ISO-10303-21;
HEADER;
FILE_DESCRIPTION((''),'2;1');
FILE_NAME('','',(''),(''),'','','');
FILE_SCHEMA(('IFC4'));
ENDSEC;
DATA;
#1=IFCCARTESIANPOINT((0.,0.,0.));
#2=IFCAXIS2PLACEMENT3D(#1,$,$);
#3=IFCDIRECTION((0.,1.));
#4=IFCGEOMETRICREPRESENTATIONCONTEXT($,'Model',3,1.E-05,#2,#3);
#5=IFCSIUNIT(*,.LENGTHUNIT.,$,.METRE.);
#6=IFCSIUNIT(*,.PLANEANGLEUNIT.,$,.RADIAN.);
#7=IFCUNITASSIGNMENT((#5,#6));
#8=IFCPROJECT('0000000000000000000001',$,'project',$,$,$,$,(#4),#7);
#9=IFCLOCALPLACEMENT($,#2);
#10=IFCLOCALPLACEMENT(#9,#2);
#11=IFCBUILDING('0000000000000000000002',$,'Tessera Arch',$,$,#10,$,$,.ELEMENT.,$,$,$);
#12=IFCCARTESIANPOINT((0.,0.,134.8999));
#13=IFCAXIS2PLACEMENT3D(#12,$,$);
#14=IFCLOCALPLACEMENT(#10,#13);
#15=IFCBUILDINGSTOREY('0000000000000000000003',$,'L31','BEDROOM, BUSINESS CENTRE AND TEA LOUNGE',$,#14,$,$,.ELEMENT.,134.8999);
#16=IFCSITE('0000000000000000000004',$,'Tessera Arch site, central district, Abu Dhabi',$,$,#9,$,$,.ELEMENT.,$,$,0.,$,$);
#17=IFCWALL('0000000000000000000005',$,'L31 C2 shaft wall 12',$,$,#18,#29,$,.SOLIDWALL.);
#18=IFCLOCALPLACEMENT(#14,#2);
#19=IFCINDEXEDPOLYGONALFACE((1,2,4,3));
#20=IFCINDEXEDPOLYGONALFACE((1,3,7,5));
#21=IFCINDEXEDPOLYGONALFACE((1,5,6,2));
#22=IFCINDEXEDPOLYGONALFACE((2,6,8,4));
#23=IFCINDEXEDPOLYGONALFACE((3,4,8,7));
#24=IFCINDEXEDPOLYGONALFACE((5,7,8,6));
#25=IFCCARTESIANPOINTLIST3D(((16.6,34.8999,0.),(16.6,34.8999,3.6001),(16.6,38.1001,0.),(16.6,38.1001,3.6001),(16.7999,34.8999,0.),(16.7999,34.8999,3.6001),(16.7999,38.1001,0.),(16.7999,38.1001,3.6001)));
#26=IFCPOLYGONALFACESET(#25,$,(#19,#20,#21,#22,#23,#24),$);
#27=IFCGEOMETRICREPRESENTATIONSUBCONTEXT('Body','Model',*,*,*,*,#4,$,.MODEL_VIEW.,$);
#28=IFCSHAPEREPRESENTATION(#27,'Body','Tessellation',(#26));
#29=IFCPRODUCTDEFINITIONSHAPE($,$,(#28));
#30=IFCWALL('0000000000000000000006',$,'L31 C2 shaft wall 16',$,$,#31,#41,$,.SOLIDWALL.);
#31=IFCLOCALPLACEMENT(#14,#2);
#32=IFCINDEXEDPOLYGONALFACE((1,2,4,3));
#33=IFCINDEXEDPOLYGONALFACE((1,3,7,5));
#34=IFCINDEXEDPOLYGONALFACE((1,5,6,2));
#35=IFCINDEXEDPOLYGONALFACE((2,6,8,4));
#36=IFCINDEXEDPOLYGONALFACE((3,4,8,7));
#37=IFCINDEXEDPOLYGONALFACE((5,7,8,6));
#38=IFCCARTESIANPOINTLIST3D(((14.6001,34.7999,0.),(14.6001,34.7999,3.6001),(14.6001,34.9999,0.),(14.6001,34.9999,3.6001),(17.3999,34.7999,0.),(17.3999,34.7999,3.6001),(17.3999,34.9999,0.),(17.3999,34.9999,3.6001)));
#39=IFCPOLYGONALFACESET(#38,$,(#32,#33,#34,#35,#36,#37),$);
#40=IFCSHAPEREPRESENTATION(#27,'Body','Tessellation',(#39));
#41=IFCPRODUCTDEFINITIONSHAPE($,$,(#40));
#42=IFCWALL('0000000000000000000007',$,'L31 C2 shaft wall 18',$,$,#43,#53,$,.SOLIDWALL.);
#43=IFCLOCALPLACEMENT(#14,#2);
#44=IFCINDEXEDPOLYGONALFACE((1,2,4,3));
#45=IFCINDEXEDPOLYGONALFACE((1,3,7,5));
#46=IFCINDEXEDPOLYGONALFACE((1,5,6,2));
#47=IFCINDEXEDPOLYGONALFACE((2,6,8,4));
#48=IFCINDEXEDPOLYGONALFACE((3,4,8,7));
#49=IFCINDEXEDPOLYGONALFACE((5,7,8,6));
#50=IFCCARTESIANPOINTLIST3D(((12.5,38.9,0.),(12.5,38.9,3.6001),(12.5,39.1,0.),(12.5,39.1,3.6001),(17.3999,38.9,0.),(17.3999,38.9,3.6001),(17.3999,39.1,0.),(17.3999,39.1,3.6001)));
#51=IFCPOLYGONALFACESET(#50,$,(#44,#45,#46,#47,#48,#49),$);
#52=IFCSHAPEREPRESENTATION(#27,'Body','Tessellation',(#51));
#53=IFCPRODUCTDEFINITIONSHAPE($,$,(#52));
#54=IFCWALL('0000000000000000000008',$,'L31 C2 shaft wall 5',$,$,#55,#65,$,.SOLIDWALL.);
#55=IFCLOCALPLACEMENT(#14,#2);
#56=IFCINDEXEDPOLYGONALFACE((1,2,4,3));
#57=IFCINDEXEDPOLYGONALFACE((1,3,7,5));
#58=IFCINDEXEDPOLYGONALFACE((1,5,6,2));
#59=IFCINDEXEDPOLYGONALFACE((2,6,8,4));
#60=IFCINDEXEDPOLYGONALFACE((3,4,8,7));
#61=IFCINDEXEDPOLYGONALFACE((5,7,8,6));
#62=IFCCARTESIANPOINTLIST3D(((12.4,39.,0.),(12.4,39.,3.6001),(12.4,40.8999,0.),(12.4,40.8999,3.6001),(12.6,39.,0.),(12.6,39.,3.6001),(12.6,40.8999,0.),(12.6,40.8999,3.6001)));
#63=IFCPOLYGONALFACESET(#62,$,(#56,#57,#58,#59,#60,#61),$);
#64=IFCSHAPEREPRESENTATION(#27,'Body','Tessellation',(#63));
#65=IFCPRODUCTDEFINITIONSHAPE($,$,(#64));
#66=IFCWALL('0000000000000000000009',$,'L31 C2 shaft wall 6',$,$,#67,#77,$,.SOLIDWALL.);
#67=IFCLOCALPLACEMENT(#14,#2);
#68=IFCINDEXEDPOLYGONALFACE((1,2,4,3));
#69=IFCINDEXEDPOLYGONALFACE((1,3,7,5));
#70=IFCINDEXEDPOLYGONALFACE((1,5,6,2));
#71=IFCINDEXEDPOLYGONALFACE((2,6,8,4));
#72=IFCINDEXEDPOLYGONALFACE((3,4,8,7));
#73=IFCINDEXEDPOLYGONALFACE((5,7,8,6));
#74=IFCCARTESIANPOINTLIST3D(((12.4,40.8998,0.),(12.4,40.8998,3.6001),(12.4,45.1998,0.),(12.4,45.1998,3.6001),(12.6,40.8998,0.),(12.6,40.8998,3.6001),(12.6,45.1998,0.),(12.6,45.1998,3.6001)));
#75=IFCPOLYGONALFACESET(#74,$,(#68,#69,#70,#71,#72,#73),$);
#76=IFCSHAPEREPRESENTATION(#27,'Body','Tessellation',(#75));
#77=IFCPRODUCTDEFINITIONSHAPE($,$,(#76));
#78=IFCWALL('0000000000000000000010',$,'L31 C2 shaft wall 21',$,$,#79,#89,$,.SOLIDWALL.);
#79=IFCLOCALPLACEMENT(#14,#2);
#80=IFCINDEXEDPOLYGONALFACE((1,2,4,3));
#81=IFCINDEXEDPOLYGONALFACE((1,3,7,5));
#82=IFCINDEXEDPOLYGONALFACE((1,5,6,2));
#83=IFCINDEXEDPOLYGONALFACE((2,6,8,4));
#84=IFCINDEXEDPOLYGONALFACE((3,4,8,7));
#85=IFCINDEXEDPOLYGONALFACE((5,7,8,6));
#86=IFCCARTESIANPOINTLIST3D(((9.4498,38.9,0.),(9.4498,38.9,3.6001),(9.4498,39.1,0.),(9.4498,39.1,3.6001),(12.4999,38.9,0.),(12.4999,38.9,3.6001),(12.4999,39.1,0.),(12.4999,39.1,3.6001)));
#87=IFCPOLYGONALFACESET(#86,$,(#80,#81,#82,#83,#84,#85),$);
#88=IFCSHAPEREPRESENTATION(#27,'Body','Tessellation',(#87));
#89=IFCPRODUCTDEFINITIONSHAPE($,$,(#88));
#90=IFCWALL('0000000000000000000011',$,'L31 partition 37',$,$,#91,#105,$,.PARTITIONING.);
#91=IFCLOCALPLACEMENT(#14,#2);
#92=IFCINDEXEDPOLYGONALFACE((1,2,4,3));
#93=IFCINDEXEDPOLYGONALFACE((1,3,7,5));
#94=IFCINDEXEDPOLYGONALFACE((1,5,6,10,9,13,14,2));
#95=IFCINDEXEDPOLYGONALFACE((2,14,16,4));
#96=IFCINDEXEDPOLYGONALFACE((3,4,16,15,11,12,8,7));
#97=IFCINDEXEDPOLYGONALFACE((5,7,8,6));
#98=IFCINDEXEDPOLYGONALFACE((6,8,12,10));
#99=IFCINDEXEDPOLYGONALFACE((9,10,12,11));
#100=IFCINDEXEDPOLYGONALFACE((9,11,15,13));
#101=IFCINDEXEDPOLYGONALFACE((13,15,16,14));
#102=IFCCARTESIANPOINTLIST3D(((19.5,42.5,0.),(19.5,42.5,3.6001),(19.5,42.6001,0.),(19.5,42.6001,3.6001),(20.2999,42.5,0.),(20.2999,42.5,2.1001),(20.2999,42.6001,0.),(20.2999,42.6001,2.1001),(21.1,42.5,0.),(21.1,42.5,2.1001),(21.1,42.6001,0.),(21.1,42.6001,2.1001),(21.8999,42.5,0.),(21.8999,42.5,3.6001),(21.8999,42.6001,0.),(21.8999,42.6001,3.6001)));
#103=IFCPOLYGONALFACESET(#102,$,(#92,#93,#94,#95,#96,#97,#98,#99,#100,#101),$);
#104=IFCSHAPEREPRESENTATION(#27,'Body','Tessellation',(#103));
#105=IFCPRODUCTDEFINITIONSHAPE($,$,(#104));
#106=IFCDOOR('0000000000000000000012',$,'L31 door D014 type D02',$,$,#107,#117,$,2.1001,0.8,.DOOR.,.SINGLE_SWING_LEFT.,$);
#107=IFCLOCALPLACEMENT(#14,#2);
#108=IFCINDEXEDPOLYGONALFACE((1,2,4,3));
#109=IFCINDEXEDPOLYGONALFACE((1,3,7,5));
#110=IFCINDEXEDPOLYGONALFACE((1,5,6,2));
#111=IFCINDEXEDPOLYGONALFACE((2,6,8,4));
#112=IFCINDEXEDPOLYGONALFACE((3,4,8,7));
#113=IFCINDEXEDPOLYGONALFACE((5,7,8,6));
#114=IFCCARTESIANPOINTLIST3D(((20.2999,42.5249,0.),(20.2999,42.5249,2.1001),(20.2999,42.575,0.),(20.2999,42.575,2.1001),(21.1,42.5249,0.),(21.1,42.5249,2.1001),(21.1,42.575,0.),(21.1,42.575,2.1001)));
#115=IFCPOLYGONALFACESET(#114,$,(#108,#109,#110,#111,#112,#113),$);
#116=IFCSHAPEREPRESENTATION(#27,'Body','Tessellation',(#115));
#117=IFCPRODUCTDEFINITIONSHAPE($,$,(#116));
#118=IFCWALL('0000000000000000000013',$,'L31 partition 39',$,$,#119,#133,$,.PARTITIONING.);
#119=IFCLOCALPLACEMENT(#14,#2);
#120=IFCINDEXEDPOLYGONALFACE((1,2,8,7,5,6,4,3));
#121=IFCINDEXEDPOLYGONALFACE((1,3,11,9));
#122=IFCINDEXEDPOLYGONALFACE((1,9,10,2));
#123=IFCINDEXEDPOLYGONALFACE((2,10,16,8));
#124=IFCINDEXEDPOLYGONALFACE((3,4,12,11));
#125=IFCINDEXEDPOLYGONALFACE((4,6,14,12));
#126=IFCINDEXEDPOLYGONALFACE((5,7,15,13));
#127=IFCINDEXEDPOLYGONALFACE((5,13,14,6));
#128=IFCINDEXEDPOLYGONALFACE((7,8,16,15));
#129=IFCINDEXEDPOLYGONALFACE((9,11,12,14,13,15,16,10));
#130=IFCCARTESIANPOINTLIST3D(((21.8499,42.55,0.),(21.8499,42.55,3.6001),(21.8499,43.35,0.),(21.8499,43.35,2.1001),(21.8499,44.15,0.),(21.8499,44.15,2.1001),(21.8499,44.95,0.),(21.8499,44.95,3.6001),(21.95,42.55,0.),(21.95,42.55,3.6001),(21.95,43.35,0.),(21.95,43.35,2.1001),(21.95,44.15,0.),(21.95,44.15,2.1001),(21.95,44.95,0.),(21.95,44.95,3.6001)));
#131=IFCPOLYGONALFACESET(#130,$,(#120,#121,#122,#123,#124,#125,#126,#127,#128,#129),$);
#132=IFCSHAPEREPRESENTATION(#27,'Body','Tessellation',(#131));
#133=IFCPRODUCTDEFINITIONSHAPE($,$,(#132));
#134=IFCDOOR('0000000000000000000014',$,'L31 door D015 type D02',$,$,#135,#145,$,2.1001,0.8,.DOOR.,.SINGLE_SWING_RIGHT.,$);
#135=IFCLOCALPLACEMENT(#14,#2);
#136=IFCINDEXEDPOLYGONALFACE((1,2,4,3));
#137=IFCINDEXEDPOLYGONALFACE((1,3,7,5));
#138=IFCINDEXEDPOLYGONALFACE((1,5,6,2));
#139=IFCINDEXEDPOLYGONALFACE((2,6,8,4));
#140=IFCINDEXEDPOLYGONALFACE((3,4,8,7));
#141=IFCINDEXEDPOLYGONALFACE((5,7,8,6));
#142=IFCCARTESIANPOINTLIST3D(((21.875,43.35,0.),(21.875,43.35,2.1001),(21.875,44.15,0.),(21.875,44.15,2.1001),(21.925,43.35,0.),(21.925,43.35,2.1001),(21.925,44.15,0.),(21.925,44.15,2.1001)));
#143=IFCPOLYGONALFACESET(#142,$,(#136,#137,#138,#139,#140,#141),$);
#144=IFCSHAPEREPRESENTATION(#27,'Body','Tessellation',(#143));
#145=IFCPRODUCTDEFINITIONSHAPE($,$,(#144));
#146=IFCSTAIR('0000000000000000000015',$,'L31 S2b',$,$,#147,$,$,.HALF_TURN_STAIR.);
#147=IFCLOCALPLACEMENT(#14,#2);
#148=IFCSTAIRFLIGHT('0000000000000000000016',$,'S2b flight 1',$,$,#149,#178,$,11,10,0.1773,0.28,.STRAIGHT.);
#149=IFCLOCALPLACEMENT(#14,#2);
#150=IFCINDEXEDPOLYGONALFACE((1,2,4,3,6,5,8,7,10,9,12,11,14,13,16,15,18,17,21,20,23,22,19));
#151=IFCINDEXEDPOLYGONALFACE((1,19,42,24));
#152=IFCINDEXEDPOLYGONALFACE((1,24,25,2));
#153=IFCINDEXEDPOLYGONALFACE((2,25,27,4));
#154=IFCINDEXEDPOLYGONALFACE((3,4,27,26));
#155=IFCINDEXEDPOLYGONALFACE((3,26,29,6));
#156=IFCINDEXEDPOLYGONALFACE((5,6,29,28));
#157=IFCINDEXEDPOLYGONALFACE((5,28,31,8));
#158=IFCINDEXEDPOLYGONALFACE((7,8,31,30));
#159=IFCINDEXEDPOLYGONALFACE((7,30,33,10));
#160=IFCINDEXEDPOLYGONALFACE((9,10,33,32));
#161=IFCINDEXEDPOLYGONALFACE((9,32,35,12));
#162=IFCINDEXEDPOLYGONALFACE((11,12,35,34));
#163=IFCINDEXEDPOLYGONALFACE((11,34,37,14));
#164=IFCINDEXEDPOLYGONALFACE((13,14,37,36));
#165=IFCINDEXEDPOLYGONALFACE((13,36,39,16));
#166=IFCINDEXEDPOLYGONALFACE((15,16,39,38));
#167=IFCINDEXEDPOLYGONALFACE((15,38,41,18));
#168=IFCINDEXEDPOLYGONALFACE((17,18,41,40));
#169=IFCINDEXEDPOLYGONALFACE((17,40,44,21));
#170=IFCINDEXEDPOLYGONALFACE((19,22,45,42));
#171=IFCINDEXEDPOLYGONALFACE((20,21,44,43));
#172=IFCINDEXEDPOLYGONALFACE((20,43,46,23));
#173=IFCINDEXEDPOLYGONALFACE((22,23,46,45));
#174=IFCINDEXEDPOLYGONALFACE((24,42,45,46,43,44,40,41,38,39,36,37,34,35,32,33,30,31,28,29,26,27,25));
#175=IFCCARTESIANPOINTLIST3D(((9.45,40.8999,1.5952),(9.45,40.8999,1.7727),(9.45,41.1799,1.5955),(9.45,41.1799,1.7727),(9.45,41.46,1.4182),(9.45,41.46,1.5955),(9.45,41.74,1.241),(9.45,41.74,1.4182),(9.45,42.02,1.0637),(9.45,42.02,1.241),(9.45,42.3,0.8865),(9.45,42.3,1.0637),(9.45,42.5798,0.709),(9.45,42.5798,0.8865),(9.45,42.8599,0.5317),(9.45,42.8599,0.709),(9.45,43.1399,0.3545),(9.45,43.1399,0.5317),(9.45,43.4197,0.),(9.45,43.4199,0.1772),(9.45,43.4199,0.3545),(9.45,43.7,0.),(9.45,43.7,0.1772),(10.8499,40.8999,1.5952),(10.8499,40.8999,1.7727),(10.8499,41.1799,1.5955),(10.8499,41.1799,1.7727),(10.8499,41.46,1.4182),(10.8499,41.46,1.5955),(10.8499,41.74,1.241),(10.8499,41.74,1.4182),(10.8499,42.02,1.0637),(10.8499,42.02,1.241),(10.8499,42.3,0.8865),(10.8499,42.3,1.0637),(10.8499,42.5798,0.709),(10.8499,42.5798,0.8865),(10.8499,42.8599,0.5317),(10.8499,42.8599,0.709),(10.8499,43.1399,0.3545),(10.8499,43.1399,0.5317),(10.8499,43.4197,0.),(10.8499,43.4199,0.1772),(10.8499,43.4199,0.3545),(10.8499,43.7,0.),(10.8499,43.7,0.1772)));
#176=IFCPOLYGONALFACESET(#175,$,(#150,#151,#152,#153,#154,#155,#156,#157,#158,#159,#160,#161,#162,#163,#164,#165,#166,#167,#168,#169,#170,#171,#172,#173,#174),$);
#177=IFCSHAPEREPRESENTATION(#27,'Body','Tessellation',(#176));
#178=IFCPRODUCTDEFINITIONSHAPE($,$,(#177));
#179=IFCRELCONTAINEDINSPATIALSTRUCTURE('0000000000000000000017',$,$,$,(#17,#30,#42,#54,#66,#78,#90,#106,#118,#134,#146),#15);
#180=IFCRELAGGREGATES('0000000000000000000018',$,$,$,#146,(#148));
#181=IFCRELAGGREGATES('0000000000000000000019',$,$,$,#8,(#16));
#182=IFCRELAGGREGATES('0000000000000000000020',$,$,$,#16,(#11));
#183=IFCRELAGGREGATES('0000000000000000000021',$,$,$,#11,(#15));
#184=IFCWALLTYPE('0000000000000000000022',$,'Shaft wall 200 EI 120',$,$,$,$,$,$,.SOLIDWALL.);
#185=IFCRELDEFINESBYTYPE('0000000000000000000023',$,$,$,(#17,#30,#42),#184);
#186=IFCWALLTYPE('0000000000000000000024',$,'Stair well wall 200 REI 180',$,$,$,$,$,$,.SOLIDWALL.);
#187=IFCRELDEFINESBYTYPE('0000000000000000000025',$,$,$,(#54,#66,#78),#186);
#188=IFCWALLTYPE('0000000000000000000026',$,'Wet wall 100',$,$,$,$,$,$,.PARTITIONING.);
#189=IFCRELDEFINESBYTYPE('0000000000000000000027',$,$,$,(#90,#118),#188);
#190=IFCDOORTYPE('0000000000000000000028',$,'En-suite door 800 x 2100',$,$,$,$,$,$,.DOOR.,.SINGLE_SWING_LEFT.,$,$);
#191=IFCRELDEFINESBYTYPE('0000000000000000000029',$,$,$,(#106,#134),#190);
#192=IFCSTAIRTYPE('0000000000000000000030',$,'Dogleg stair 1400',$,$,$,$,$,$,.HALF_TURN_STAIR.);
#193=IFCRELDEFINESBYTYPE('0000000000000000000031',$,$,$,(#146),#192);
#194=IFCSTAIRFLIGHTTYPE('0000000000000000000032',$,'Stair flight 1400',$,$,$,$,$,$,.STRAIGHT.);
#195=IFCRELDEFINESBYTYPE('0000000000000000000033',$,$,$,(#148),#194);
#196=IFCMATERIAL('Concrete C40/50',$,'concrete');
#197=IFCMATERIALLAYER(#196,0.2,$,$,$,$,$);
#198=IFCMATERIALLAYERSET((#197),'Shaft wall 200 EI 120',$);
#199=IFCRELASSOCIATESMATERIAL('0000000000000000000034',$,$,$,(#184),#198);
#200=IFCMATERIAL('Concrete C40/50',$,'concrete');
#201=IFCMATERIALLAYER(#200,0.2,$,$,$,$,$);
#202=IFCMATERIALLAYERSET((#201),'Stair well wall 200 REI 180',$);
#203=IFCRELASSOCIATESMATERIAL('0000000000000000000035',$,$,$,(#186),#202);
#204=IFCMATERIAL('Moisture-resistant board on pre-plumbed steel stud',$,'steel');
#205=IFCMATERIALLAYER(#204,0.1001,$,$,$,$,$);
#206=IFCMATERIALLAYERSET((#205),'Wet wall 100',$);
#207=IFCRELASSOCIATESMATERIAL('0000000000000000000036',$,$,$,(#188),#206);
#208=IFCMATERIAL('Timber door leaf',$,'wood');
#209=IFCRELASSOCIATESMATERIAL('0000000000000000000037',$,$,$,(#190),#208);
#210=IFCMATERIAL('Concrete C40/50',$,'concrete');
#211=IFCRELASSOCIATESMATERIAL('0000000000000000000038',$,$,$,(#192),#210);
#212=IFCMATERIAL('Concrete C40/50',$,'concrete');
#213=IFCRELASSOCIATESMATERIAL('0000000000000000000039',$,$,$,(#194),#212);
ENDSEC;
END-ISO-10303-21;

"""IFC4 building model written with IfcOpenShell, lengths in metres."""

from ifc_helpers import new_model, si_unit, direction, frame, frame_2d, origin, place, context, subcontext, project, spatial, polyline, rectangle, outline, extrude, material, layer, layer_set, type_object, element, fill, aggregate, save


model = new_model("IFC4")

# Units and contexts
model_context = context("Model", 3, precision=1e-05, world=origin(), true_north=direction((0.0, 1.0)))
body_context = subcontext(model_context, "Body", "Model", "MODEL_VIEW")
ifc_project = project(units=[si_unit("LENGTHUNIT", "METRE"), si_unit("PLANEANGLEUNIT", "RADIAN")], contexts=[model_context])

# Site, building, storey
site_placement = place(None, origin())
site = spatial("IfcSite", under=ifc_project, at=site_placement, Name="Tessera Arch site, central district, Abu Dhabi", CompositionType="ELEMENT", RefElevation=0.0)
building_placement = place(site_placement, origin())
building = spatial("IfcBuilding", under=site, at=building_placement, Name="Tessera Arch", CompositionType="ELEMENT")
storey_placement = place(building_placement, frame((0.0, 0.0, 134.8999)))
storey = spatial("IfcBuildingStorey", under=building, at=storey_placement, Name="L31", Description="BEDROOM, BUSINESS CENTRE AND TEA LOUNGE", CompositionType="ELEMENT", Elevation=134.8999)

# Walls
ifc_material_1 = material(Name="Concrete C40/50", Category="concrete")
ifc_layer_1 = layer(ifc_material_1, 0.2)
ifc_layer_set_1 = layer_set([ifc_layer_1], Name="Shaft wall 200 EI 120")
wall_type_1 = type_object("IfcWallType", Name="Shaft wall 200 EI 120", PredefinedType="SOLIDWALL", material=ifc_layer_set_1)
for number, where, z_axis, x_axis, name in (
    (1, (16.7, 34.8999, 0.0), (0.0, 0.0, 1.0), (0.0, 1.0, 0.0), "L31 C2 shaft wall 12"),
):
    element("IfcWall", number, at=place(storey_placement, frame(where, z_axis=z_axis, x_axis=x_axis)), inside=storey, type_object=wall_type_1, Name=name, PredefinedType="SOLIDWALL", context=body_context, shape_type="SweptSolid", body=[
        extrude(rectangle(XDim=3.2002, YDim=0.2, at=frame_2d((1.6001, 0.0))), origin(), (0.0, 0.0, 1.0), 3.6001),
    ])
wall_1_placement = place(storey_placement, frame((14.6001, 34.8999, 0.0), z_axis=(0.0, 0.0, 1.0), x_axis=(1.0, 0.0, 0.0)))
element("IfcWall", 2, at=wall_1_placement, inside=storey, type_object=wall_type_1, Name="L31 C2 shaft wall 16", PredefinedType="SOLIDWALL", context=body_context, shape_type="SweptSolid", body=[
    extrude(rectangle(XDim=2.7998, YDim=0.2, at=frame_2d((1.3999, 0.0))), origin(), (0.0, 0.0, 1.0), 3.6001),
])
wall_2_placement = place(storey_placement, frame((12.5, 39.0, 0.0), z_axis=(0.0, 0.0, 1.0), x_axis=(1.0, 0.0, 0.0)))
element("IfcWall", 3, at=wall_2_placement, inside=storey, type_object=wall_type_1, Name="L31 C2 shaft wall 18", PredefinedType="SOLIDWALL", context=body_context, shape_type="SweptSolid", body=[
    extrude(rectangle(XDim=4.8999, YDim=0.2, at=frame_2d((2.45, 0.0))), origin(), (0.0, 0.0, 1.0), 3.6001),
])
ifc_material_2 = material(Name="Concrete C40/50", Category="concrete")
ifc_layer_2 = layer(ifc_material_2, 0.2)
ifc_layer_set_2 = layer_set([ifc_layer_2], Name="Stair well wall 200 REI 180")
wall_type_2 = type_object("IfcWallType", Name="Stair well wall 200 REI 180", PredefinedType="SOLIDWALL", material=ifc_layer_set_2)
wall_3_placement = place(storey_placement, frame((12.5, 39.0, 0.0), z_axis=(0.0, 0.0, 1.0), x_axis=(0.0, 1.0, 0.0)))
element("IfcWall", 4, at=wall_3_placement, inside=storey, type_object=wall_type_2, Name="L31 C2 shaft wall 5", PredefinedType="SOLIDWALL", context=body_context, shape_type="SweptSolid", body=[
    extrude(rectangle(XDim=1.8999, YDim=0.2, at=frame_2d((0.95, 0.0))), origin(), (0.0, 0.0, 1.0), 3.6001),
])
wall_4_placement = place(storey_placement, frame((12.5, 40.8999, 0.0), z_axis=(0.0, 0.0, 1.0), x_axis=(0.0, 1.0, 0.0)))
element("IfcWall", 5, at=wall_4_placement, inside=storey, type_object=wall_type_2, Name="L31 C2 shaft wall 6", PredefinedType="SOLIDWALL", context=body_context, shape_type="SweptSolid", body=[
    extrude(rectangle(XDim=4.3, YDim=0.2, at=frame_2d((2.1499, 0.0))), origin(), (0.0, 0.0, 1.0), 3.6001),
])
wall_5_placement = place(storey_placement, frame((9.45, 39.0, 0.0), z_axis=(0.0, 0.0, 1.0), x_axis=(1.0, 0.0, 0.0)))
element("IfcWall", 6, at=wall_5_placement, inside=storey, type_object=wall_type_2, Name="L31 C2 shaft wall 21", PredefinedType="SOLIDWALL", context=body_context, shape_type="SweptSolid", body=[
    extrude(rectangle(XDim=3.05, YDim=0.2, at=frame_2d((1.5249, 0.0))), origin(), (0.0, 0.0, 1.0), 3.6001),
])

# Walls, openings, doors
ifc_material_3 = material(Name="Moisture-resistant board on pre-plumbed steel stud", Category="steel")
ifc_layer_3 = layer(ifc_material_3, 0.1001)
ifc_layer_set_3 = layer_set([ifc_layer_3], Name="Wet wall 100")
wall_type_3 = type_object("IfcWallType", Name="Wet wall 100", PredefinedType="PARTITIONING", material=ifc_layer_set_3)
wall_6_placement = place(storey_placement, frame((19.5, 42.55, 0.0), z_axis=(0.0, 0.0, 1.0), x_axis=(1.0, 0.0, 0.0)))
wall_6 = element("IfcWall", 7, at=wall_6_placement, inside=storey, type_object=wall_type_3, Name="L31 partition 37", PredefinedType="PARTITIONING", context=body_context, shape_type="SweptSolid", body=[
    extrude(rectangle(XDim=2.3999, YDim=0.1001, at=frame_2d((1.2, 0.0))), origin(), (0.0, 0.0, 1.0), 3.6001),
])
opening_1_placement = place(wall_6_placement, frame((0.8, 0.0, 0.0)))
opening_1 = element("IfcOpeningElement", 8, at=opening_1_placement, cuts=wall_6, PredefinedType="OPENING", context=body_context, shape_type="SweptSolid", body=[
    extrude(rectangle(XDim=0.8, YDim=2.1001, at=frame_2d((0.3999, 1.05))), frame((0.0, 0.0601, 0.0), z_axis=(0.0, -1.0, 0.0), x_axis=(1.0, 0.0, 0.0)), (0.0, 0.0, 1.0), 0.1201),
])
ifc_material_4 = material(Name="Timber door leaf", Category="wood")
door_type_1 = type_object("IfcDoorType", Name="En-suite door 800 x 2100", OperationType="SINGLE_SWING_LEFT", PredefinedType="DOOR", material=ifc_material_4)
door_1_placement = place(opening_1_placement, origin())
door_1 = element("IfcDoor", 9, at=door_1_placement, inside=storey, type_object=door_type_1, Name="L31 door D014 type D02", OperationType="SINGLE_SWING_LEFT", OverallHeight=2.1001, OverallWidth=0.8, PredefinedType="DOOR", context=body_context, shape_type="SweptSolid", body=[
    extrude(rectangle(XDim=0.8, YDim=2.1001, at=frame_2d((0.3999, 1.05))), frame((0.0, 0.0249, 0.0), z_axis=(0.0, -1.0, 0.0), x_axis=(1.0, 0.0, 0.0)), (0.0, 0.0, 1.0), 0.05),
])
fill(opening_1, door_1)
wall_7_placement = place(storey_placement, frame((21.8999, 42.55, 0.0), z_axis=(0.0, 0.0, 1.0), x_axis=(0.0, 1.0, 0.0)))
wall_7 = element("IfcWall", 10, at=wall_7_placement, inside=storey, type_object=wall_type_3, Name="L31 partition 39", PredefinedType="PARTITIONING", context=body_context, shape_type="SweptSolid", body=[
    extrude(rectangle(XDim=2.3999, YDim=0.1001, at=frame_2d((1.2, 0.0))), origin(), (0.0, 0.0, 1.0), 3.6001),
])
opening_2_placement = place(wall_7_placement, frame((0.8, 0.0, 0.0)))
opening_2 = element("IfcOpeningElement", 11, at=opening_2_placement, cuts=wall_7, PredefinedType="OPENING", context=body_context, shape_type="SweptSolid", body=[
    extrude(rectangle(XDim=0.8, YDim=2.1001, at=frame_2d((0.3999, 1.05))), frame((0.0, 0.0601, 0.0), z_axis=(0.0, -1.0, 0.0), x_axis=(1.0, 0.0, 0.0)), (0.0, 0.0, 1.0), 0.1201),
])
door_2_placement = place(opening_2_placement, origin())
door_2 = element("IfcDoor", 12, at=door_2_placement, inside=storey, type_object=door_type_1, Name="L31 door D015 type D02", OperationType="SINGLE_SWING_RIGHT", OverallHeight=2.1001, OverallWidth=0.8, PredefinedType="DOOR", context=body_context, shape_type="SweptSolid", body=[
    extrude(rectangle(XDim=0.8, YDim=2.1001, at=frame_2d((0.3999, 1.05))), frame((0.0, 0.0249, 0.0), z_axis=(0.0, -1.0, 0.0), x_axis=(1.0, 0.0, 0.0)), (0.0, 0.0, 1.0), 0.05),
])
fill(opening_2, door_2)

# Stair, stair flight
ifc_material_5 = material(Name="Concrete C40/50", Category="concrete")
stair_type = type_object("IfcStairType", Name="Dogleg stair 1400", PredefinedType="HALF_TURN_STAIR", material=ifc_material_5)
stair_placement = place(storey_placement, origin())
stair = element("IfcStair", 13, at=stair_placement, inside=storey, type_object=stair_type, Name="L31 S2b", PredefinedType="HALF_TURN_STAIR")
ifc_material_6 = material(Name="Concrete C40/50", Category="concrete")
stair_flight_type = type_object("IfcStairFlightType", Name="Stair flight 1400", PredefinedType="STRAIGHT", material=ifc_material_6)
stair_flight_1_placement = place(storey_placement, frame((10.1499, 43.7, 0.0), z_axis=(0.0, 0.0, 1.0), x_axis=(0.0, -1.0, 0.0)))
stair_flight_1 = element("IfcStairFlight", 14, at=stair_flight_1_placement, type_object=stair_flight_type, Name="S2b flight 1", NumberOfRisers=11, NumberOfTreads=10, PredefinedType="STRAIGHT", RiserHeight=0.1773, TreadLength=0.28, context=body_context, shape_type="SweptSolid", body=[
    extrude(outline(polyline([(0.0, 0.0), (0.0, 0.1772), (0.28, 0.1772), (0.28, 0.3545), (0.5601, 0.3545), (0.5601, 0.5317), (0.8401, 0.5317), (0.8401, 0.709), (1.1201, 0.709), (1.1201, 0.8865), (1.3999, 0.8865), (1.3999, 1.0637), (1.6799, 1.0637), (1.6799, 1.241), (1.96, 1.241), (1.96, 1.4182), (2.24, 1.4182), (2.24, 1.5955), (2.52, 1.5955), (2.52, 1.7727), (2.8, 1.7727), (2.8, 1.95), (2.8, 1.5952), (0.2803, 0.0), (0.0, 0.0)])), frame((0.0, 0.7, 0.0), z_axis=(0.0, -1.0, 0.0), x_axis=(1.0, 0.0, 0.0)), (0.0, 0.0, 1.0), 1.3999),
])
aggregate(stair, [stair_flight_1])

save(model, "model.ifc")
